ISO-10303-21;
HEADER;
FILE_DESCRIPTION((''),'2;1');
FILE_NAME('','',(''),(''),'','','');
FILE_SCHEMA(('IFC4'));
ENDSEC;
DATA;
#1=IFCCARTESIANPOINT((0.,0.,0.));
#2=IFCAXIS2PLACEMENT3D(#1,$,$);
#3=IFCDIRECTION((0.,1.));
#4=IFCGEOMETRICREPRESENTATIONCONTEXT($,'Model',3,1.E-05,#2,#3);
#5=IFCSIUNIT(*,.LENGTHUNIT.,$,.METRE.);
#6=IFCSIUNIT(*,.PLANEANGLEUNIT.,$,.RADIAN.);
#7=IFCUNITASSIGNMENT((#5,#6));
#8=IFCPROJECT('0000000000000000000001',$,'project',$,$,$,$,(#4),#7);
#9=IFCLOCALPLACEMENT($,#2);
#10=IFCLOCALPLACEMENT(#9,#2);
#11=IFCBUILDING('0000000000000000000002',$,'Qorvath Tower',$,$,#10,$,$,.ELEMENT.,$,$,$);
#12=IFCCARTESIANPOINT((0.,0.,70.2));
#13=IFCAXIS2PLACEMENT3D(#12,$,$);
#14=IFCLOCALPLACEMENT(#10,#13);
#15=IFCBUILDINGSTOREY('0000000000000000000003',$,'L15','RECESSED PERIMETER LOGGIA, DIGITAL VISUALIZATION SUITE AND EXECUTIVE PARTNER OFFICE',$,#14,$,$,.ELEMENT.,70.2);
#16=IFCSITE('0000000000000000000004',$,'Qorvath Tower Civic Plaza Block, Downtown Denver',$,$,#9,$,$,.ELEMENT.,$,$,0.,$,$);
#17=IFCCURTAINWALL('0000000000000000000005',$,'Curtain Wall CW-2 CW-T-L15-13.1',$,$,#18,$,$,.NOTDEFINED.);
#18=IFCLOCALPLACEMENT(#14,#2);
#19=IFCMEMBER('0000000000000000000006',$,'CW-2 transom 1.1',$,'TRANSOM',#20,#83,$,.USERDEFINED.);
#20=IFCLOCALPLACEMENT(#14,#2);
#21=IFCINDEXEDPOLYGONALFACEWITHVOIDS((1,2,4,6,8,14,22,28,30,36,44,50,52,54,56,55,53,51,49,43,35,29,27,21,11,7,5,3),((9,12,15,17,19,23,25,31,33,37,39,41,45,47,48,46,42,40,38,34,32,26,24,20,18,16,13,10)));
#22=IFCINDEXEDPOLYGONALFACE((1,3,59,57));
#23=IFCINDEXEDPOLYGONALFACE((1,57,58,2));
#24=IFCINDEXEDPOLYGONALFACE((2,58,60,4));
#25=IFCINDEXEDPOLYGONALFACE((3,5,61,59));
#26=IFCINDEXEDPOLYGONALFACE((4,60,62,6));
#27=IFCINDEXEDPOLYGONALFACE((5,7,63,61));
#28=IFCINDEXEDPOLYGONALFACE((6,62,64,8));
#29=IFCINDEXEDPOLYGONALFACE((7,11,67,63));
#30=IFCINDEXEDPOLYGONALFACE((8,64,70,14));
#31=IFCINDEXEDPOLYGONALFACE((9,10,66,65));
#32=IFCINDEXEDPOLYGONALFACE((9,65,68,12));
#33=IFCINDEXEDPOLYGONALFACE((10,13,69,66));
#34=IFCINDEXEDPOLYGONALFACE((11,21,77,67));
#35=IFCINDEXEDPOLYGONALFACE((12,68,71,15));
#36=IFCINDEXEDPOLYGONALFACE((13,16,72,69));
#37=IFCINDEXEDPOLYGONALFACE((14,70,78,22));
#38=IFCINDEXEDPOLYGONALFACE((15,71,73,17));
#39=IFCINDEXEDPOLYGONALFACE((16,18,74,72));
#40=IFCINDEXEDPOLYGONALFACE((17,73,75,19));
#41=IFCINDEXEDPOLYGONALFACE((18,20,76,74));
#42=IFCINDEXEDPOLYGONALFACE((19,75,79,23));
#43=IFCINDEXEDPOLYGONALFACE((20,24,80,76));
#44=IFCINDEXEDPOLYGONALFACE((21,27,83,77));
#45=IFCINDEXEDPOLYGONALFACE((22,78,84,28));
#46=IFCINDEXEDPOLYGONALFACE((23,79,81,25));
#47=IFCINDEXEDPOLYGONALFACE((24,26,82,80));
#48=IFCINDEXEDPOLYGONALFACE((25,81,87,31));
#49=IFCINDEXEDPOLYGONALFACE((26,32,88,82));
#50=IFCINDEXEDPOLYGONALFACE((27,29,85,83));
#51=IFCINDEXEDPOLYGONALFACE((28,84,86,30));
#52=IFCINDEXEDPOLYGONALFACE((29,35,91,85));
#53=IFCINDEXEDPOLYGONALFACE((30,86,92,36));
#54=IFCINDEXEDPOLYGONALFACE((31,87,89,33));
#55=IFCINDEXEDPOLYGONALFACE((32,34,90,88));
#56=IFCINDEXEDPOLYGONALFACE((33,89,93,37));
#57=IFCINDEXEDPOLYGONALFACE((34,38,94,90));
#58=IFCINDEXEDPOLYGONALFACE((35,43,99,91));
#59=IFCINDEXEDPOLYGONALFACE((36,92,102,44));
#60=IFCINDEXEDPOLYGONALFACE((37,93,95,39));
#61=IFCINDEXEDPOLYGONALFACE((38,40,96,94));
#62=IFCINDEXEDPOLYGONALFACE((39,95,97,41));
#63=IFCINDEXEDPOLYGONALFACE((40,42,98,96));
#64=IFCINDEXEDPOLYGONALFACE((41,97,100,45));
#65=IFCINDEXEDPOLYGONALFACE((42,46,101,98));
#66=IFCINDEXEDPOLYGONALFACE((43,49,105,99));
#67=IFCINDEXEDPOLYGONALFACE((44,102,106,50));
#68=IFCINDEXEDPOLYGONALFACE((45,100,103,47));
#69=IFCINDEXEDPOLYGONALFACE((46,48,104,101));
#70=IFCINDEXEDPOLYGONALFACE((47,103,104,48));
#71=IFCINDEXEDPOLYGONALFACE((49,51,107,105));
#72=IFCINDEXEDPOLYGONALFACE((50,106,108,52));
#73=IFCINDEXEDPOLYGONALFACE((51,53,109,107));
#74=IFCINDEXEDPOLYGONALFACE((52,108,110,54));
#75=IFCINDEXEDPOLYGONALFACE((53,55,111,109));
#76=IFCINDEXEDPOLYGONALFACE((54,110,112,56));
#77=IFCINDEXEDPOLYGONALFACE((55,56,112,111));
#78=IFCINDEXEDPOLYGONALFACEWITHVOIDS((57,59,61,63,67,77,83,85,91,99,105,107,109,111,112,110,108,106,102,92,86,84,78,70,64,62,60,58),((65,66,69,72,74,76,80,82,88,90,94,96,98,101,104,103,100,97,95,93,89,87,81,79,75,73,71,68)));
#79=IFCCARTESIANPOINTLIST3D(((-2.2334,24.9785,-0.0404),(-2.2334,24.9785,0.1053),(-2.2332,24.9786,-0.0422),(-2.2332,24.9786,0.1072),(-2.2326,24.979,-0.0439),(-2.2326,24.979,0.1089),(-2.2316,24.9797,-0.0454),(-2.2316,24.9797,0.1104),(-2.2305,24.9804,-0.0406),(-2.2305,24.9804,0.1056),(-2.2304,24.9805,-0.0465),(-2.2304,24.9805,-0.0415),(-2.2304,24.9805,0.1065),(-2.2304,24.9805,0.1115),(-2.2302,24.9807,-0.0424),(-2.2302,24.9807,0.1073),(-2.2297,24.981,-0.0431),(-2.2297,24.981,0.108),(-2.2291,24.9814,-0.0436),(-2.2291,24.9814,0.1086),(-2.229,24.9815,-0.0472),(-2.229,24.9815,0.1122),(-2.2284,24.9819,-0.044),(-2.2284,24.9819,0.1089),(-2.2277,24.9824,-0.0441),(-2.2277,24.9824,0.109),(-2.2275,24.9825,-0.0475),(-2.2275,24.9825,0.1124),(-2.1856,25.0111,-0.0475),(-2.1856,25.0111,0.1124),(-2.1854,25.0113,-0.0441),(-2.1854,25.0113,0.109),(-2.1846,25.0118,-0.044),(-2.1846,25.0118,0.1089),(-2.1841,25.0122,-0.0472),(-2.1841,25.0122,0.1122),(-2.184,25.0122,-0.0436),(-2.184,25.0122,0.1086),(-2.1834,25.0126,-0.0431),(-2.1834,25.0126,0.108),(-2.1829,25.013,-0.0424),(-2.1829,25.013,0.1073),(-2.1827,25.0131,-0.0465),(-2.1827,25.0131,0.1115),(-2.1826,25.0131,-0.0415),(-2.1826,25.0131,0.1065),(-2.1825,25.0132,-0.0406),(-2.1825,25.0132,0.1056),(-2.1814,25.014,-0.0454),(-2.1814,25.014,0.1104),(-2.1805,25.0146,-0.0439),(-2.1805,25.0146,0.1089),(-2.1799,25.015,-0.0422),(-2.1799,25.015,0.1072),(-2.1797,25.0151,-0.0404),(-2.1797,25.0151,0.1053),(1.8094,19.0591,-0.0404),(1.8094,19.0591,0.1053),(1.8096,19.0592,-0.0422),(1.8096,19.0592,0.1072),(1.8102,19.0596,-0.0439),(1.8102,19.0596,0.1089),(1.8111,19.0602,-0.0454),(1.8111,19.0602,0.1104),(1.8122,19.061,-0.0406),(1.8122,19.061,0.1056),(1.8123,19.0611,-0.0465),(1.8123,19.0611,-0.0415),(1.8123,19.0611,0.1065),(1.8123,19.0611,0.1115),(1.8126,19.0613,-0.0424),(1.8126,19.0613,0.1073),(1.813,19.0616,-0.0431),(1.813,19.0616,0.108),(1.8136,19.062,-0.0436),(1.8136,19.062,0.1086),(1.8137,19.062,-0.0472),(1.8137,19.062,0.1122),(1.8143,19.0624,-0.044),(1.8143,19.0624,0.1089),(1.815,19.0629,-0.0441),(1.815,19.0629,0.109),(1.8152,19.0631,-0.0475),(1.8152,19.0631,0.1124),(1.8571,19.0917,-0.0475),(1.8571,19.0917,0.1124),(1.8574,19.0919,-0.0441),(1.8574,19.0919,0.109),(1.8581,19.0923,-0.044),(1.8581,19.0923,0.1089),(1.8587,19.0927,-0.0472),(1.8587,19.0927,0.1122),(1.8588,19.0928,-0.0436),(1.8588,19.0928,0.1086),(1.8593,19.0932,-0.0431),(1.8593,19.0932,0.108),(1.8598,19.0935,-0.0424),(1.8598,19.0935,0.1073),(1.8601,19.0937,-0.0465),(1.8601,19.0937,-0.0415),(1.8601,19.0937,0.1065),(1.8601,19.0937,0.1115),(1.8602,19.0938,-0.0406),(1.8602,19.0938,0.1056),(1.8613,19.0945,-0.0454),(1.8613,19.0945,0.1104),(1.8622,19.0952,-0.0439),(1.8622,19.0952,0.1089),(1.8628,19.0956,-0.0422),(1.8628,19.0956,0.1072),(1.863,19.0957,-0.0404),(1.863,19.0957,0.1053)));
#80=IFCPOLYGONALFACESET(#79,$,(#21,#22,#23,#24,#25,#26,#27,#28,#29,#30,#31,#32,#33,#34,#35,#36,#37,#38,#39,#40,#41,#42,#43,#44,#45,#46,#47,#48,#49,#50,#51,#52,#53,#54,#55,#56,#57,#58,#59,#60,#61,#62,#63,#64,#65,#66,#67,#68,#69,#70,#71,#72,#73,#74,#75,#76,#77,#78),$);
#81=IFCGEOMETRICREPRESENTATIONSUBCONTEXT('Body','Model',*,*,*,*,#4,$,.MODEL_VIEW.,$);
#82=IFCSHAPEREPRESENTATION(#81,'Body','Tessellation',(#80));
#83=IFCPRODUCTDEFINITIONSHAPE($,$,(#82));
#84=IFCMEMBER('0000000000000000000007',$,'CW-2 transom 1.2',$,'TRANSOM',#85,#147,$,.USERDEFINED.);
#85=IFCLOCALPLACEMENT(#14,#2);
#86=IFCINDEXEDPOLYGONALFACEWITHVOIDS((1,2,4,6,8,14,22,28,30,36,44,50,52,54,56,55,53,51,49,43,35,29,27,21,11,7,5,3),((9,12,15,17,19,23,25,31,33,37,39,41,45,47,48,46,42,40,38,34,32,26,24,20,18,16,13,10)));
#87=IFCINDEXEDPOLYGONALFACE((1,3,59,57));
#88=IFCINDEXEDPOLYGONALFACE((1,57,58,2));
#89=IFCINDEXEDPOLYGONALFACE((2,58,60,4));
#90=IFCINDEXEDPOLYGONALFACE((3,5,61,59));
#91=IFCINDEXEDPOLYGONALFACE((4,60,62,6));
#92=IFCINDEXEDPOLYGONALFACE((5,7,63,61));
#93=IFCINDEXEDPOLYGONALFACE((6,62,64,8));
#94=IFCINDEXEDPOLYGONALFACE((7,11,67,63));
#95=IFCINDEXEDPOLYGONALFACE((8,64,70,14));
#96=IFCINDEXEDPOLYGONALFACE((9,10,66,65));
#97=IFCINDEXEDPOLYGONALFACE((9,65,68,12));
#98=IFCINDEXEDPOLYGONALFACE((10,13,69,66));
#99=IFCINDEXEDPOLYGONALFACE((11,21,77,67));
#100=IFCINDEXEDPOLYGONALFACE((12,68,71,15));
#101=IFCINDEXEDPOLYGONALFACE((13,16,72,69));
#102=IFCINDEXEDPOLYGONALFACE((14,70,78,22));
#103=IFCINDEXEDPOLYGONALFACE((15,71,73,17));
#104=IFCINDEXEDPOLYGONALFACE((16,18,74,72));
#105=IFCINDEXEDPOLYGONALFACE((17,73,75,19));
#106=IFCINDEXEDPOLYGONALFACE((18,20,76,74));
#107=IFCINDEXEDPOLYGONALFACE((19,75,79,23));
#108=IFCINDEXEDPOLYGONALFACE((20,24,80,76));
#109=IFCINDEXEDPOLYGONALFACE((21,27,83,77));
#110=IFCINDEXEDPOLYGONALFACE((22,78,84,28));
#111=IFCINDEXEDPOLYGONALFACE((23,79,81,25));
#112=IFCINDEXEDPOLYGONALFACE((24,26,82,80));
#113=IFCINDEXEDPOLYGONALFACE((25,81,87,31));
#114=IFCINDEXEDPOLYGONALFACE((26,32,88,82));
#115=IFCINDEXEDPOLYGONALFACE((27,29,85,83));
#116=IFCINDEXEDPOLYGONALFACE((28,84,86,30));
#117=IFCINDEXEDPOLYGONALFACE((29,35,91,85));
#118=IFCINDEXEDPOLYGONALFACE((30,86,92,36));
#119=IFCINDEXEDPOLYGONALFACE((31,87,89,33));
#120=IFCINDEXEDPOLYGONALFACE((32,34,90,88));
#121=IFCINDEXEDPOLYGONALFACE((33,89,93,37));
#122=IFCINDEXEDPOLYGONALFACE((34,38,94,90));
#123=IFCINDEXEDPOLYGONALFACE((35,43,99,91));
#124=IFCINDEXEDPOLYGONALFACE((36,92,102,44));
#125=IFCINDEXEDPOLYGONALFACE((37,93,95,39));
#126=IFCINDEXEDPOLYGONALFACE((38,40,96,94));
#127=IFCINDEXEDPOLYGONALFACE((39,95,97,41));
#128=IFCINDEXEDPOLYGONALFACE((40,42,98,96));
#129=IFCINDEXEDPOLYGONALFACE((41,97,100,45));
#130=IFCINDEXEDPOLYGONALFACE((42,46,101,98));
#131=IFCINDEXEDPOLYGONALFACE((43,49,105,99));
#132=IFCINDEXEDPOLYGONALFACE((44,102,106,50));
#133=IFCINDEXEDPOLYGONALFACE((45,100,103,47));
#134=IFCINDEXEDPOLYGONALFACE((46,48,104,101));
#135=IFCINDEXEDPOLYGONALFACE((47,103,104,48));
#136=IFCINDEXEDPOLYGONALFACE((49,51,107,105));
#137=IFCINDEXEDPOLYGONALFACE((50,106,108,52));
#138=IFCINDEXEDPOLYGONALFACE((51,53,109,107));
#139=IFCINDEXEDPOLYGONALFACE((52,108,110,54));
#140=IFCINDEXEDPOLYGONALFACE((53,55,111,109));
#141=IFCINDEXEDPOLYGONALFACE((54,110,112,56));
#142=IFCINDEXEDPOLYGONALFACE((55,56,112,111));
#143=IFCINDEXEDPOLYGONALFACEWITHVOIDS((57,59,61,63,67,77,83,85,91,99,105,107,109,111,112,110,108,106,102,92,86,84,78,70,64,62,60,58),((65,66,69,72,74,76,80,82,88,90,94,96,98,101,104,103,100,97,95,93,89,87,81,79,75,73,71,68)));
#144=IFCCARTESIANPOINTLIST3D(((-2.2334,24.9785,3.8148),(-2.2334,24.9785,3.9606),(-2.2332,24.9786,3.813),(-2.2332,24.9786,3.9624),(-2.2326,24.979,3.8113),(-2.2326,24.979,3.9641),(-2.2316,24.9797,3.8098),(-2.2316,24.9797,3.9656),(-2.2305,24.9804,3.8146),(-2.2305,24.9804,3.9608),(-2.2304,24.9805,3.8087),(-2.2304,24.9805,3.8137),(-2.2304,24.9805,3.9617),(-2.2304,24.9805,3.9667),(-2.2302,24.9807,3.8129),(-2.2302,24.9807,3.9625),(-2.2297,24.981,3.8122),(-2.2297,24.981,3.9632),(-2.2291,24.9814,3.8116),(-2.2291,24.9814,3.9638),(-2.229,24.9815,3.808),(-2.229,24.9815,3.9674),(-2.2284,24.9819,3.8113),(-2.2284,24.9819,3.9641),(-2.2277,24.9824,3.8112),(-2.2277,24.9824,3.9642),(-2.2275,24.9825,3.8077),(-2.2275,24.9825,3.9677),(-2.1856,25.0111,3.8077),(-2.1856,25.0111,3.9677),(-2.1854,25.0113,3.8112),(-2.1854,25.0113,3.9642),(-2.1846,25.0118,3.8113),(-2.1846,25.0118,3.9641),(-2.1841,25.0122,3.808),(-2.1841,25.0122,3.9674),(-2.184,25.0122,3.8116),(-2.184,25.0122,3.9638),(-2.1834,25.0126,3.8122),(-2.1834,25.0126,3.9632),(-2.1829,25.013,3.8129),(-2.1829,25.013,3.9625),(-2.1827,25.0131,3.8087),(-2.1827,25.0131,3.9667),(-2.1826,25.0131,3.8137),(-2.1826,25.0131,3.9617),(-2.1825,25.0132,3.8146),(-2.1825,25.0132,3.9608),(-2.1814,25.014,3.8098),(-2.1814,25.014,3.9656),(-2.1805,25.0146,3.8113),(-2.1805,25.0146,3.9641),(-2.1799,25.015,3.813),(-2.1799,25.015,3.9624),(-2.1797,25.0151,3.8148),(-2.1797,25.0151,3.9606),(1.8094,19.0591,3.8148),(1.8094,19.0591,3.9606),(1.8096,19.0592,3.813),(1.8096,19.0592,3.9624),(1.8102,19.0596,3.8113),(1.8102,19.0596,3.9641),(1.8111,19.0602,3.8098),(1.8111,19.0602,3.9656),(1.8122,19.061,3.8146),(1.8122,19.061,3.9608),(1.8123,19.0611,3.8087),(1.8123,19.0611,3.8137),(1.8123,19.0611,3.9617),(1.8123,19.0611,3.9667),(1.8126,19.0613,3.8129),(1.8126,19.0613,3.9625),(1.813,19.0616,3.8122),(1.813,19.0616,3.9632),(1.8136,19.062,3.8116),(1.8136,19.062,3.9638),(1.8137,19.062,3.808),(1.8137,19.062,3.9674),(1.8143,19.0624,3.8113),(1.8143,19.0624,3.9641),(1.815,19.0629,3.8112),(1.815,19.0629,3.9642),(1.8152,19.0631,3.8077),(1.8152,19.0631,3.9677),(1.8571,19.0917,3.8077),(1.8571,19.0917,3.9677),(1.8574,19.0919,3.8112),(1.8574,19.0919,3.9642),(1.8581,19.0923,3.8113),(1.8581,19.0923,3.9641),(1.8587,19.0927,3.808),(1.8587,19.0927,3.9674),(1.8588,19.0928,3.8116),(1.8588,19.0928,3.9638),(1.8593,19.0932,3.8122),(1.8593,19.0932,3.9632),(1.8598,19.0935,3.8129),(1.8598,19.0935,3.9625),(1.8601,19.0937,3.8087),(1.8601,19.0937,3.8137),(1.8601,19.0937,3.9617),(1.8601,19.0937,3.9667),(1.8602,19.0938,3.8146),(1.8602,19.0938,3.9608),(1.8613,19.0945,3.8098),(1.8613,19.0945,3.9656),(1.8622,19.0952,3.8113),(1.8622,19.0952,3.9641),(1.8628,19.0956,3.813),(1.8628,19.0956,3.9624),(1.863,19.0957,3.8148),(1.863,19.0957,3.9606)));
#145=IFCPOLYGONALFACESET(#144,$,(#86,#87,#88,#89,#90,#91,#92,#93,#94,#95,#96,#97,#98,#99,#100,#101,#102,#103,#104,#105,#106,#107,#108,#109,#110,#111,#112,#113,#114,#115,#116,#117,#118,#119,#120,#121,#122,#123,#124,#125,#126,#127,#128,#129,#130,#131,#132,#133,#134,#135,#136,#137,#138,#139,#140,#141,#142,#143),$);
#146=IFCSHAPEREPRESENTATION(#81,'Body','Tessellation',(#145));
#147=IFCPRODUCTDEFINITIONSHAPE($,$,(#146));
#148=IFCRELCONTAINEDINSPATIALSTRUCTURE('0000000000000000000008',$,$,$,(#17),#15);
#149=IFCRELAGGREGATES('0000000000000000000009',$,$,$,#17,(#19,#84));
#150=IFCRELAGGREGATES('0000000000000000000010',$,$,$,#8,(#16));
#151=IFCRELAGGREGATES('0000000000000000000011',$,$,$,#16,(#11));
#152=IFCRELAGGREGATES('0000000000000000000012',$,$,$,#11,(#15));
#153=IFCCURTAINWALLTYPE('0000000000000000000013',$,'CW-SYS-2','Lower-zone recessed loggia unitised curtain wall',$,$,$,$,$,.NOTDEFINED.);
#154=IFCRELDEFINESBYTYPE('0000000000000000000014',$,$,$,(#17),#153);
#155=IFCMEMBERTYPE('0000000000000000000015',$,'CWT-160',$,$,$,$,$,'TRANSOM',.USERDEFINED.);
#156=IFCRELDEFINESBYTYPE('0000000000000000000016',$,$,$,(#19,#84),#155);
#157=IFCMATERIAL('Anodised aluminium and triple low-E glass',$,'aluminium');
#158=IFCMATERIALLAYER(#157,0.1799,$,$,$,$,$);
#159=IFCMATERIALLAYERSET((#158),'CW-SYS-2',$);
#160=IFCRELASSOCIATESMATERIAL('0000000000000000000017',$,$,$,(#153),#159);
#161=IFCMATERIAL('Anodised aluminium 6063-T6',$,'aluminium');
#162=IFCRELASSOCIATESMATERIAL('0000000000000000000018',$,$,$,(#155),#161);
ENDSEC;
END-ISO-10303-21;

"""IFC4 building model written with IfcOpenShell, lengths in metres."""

from ifc_helpers import new_model, si_unit, direction, frame, origin, origin_2d, place, context, subcontext, project, spatial, hollow_rectangle, extrude, material, layer, layer_set, material_profile, profile_set, type_object, element, aggregate, save


model = new_model("IFC4")

# Units and contexts
model_context = context("Model", 3, precision=1e-05, world=origin(), true_north=direction((0.0, 1.0)))
body_context = subcontext(model_context, "Body", "Model", "MODEL_VIEW")
ifc_project = project(units=[si_unit("LENGTHUNIT", "METRE"), si_unit("PLANEANGLEUNIT", "RADIAN")], contexts=[model_context])

# Site, building, storey
site_placement = place(None, origin())
site = spatial("IfcSite", under=ifc_project, at=site_placement, Name="Qorvath Tower Civic Plaza Block, Downtown Denver", CompositionType="ELEMENT", RefElevation=0.0)
building_placement = place(site_placement, origin())
building = spatial("IfcBuilding", under=site, at=building_placement, Name="Qorvath Tower", CompositionType="ELEMENT")
storey_placement = place(building_placement, frame((0.0, 0.0, 70.2)))
storey = spatial("IfcBuildingStorey", under=building, at=storey_placement, Name="L15", Description="RECESSED PERIMETER LOGGIA, DIGITAL VISUALIZATION SUITE AND EXECUTIVE PARTNER OFFICE", CompositionType="ELEMENT", Elevation=70.2)

# Curtain wall
ifc_material_1 = material(Name="Anodised aluminium and triple low-E glass", Category="aluminium")
ifc_layer_1 = layer(ifc_material_1, 0.1799)
ifc_layer_set_1 = layer_set([ifc_layer_1], Name="CW-SYS-2")
curtain_wall_type = type_object("IfcCurtainWallType", Name="CW-SYS-2", Description="Lower-zone recessed loggia unitised curtain wall", PredefinedType="NOTDEFINED", material=ifc_layer_set_1)
curtain_wall_1_placement = place(storey_placement, origin())
curtain_wall_1 = element("IfcCurtainWall", 1, at=curtain_wall_1_placement, inside=storey, type_object=curtain_wall_type, Name="Curtain Wall CW-2 CW-T-L15-13.1", PredefinedType="NOTDEFINED")

# Members
ifc_material_2 = material(Name="Anodised aluminium 6063-T6", Category="aluminium")
ifc_material_profile_1 = material_profile(ifc_material_2, hollow_rectangle(XDim=0.0649, YDim=0.1599, WallThickness=0.0034, InnerFilletRadius=0.0034, OuterFilletRadius=0.0071, at=origin_2d()), Name="CWT 160x65")
ifc_profile_set_1 = profile_set([ifc_material_profile_1], Name="Anodised aluminium 6063-T6")
member_type_1 = type_object("IfcMemberType", Name="CWT-160", ElementType="TRANSOM", PredefinedType="USERDEFINED", material=ifc_profile_set_1)
member_1_placement = place(storey_placement, frame((1.8362, 19.0774, 0.0325), z_axis=(-0.563979, 0.825789, 0.0), x_axis=(-0.825789, -0.563979, 0.0)))
member_1 = element("IfcMember", 2, at=member_1_placement, type_object=member_type_1, Name="CW-2 transom 1.1", ObjectType="TRANSOM", PredefinedType="USERDEFINED", context=body_context, shape_type="SweptSolid", body=[
    extrude(hollow_rectangle(XDim=0.0649, YDim=0.1599, WallThickness=0.0034, InnerFilletRadius=0.0034, OuterFilletRadius=0.0071, at=origin_2d()), origin(), (0.0, 0.0, 1.0), 7.1682),
])
member_2_placement = place(storey_placement, frame((1.8362, 19.0774, 3.8877), z_axis=(-0.563979, 0.825789, 0.0), x_axis=(-0.825789, -0.563979, 0.0)))
member_2 = element("IfcMember", 3, at=member_2_placement, type_object=member_type_1, Name="CW-2 transom 1.2", ObjectType="TRANSOM", PredefinedType="USERDEFINED", context=body_context, shape_type="SweptSolid", body=[
    extrude(hollow_rectangle(XDim=0.0649, YDim=0.1599, WallThickness=0.0034, InnerFilletRadius=0.0034, OuterFilletRadius=0.0071, at=origin_2d()), origin(), (0.0, 0.0, 1.0), 7.1682),
])

aggregate(curtain_wall_1, [member_1, member_2])

save(model, "model.ifc")
